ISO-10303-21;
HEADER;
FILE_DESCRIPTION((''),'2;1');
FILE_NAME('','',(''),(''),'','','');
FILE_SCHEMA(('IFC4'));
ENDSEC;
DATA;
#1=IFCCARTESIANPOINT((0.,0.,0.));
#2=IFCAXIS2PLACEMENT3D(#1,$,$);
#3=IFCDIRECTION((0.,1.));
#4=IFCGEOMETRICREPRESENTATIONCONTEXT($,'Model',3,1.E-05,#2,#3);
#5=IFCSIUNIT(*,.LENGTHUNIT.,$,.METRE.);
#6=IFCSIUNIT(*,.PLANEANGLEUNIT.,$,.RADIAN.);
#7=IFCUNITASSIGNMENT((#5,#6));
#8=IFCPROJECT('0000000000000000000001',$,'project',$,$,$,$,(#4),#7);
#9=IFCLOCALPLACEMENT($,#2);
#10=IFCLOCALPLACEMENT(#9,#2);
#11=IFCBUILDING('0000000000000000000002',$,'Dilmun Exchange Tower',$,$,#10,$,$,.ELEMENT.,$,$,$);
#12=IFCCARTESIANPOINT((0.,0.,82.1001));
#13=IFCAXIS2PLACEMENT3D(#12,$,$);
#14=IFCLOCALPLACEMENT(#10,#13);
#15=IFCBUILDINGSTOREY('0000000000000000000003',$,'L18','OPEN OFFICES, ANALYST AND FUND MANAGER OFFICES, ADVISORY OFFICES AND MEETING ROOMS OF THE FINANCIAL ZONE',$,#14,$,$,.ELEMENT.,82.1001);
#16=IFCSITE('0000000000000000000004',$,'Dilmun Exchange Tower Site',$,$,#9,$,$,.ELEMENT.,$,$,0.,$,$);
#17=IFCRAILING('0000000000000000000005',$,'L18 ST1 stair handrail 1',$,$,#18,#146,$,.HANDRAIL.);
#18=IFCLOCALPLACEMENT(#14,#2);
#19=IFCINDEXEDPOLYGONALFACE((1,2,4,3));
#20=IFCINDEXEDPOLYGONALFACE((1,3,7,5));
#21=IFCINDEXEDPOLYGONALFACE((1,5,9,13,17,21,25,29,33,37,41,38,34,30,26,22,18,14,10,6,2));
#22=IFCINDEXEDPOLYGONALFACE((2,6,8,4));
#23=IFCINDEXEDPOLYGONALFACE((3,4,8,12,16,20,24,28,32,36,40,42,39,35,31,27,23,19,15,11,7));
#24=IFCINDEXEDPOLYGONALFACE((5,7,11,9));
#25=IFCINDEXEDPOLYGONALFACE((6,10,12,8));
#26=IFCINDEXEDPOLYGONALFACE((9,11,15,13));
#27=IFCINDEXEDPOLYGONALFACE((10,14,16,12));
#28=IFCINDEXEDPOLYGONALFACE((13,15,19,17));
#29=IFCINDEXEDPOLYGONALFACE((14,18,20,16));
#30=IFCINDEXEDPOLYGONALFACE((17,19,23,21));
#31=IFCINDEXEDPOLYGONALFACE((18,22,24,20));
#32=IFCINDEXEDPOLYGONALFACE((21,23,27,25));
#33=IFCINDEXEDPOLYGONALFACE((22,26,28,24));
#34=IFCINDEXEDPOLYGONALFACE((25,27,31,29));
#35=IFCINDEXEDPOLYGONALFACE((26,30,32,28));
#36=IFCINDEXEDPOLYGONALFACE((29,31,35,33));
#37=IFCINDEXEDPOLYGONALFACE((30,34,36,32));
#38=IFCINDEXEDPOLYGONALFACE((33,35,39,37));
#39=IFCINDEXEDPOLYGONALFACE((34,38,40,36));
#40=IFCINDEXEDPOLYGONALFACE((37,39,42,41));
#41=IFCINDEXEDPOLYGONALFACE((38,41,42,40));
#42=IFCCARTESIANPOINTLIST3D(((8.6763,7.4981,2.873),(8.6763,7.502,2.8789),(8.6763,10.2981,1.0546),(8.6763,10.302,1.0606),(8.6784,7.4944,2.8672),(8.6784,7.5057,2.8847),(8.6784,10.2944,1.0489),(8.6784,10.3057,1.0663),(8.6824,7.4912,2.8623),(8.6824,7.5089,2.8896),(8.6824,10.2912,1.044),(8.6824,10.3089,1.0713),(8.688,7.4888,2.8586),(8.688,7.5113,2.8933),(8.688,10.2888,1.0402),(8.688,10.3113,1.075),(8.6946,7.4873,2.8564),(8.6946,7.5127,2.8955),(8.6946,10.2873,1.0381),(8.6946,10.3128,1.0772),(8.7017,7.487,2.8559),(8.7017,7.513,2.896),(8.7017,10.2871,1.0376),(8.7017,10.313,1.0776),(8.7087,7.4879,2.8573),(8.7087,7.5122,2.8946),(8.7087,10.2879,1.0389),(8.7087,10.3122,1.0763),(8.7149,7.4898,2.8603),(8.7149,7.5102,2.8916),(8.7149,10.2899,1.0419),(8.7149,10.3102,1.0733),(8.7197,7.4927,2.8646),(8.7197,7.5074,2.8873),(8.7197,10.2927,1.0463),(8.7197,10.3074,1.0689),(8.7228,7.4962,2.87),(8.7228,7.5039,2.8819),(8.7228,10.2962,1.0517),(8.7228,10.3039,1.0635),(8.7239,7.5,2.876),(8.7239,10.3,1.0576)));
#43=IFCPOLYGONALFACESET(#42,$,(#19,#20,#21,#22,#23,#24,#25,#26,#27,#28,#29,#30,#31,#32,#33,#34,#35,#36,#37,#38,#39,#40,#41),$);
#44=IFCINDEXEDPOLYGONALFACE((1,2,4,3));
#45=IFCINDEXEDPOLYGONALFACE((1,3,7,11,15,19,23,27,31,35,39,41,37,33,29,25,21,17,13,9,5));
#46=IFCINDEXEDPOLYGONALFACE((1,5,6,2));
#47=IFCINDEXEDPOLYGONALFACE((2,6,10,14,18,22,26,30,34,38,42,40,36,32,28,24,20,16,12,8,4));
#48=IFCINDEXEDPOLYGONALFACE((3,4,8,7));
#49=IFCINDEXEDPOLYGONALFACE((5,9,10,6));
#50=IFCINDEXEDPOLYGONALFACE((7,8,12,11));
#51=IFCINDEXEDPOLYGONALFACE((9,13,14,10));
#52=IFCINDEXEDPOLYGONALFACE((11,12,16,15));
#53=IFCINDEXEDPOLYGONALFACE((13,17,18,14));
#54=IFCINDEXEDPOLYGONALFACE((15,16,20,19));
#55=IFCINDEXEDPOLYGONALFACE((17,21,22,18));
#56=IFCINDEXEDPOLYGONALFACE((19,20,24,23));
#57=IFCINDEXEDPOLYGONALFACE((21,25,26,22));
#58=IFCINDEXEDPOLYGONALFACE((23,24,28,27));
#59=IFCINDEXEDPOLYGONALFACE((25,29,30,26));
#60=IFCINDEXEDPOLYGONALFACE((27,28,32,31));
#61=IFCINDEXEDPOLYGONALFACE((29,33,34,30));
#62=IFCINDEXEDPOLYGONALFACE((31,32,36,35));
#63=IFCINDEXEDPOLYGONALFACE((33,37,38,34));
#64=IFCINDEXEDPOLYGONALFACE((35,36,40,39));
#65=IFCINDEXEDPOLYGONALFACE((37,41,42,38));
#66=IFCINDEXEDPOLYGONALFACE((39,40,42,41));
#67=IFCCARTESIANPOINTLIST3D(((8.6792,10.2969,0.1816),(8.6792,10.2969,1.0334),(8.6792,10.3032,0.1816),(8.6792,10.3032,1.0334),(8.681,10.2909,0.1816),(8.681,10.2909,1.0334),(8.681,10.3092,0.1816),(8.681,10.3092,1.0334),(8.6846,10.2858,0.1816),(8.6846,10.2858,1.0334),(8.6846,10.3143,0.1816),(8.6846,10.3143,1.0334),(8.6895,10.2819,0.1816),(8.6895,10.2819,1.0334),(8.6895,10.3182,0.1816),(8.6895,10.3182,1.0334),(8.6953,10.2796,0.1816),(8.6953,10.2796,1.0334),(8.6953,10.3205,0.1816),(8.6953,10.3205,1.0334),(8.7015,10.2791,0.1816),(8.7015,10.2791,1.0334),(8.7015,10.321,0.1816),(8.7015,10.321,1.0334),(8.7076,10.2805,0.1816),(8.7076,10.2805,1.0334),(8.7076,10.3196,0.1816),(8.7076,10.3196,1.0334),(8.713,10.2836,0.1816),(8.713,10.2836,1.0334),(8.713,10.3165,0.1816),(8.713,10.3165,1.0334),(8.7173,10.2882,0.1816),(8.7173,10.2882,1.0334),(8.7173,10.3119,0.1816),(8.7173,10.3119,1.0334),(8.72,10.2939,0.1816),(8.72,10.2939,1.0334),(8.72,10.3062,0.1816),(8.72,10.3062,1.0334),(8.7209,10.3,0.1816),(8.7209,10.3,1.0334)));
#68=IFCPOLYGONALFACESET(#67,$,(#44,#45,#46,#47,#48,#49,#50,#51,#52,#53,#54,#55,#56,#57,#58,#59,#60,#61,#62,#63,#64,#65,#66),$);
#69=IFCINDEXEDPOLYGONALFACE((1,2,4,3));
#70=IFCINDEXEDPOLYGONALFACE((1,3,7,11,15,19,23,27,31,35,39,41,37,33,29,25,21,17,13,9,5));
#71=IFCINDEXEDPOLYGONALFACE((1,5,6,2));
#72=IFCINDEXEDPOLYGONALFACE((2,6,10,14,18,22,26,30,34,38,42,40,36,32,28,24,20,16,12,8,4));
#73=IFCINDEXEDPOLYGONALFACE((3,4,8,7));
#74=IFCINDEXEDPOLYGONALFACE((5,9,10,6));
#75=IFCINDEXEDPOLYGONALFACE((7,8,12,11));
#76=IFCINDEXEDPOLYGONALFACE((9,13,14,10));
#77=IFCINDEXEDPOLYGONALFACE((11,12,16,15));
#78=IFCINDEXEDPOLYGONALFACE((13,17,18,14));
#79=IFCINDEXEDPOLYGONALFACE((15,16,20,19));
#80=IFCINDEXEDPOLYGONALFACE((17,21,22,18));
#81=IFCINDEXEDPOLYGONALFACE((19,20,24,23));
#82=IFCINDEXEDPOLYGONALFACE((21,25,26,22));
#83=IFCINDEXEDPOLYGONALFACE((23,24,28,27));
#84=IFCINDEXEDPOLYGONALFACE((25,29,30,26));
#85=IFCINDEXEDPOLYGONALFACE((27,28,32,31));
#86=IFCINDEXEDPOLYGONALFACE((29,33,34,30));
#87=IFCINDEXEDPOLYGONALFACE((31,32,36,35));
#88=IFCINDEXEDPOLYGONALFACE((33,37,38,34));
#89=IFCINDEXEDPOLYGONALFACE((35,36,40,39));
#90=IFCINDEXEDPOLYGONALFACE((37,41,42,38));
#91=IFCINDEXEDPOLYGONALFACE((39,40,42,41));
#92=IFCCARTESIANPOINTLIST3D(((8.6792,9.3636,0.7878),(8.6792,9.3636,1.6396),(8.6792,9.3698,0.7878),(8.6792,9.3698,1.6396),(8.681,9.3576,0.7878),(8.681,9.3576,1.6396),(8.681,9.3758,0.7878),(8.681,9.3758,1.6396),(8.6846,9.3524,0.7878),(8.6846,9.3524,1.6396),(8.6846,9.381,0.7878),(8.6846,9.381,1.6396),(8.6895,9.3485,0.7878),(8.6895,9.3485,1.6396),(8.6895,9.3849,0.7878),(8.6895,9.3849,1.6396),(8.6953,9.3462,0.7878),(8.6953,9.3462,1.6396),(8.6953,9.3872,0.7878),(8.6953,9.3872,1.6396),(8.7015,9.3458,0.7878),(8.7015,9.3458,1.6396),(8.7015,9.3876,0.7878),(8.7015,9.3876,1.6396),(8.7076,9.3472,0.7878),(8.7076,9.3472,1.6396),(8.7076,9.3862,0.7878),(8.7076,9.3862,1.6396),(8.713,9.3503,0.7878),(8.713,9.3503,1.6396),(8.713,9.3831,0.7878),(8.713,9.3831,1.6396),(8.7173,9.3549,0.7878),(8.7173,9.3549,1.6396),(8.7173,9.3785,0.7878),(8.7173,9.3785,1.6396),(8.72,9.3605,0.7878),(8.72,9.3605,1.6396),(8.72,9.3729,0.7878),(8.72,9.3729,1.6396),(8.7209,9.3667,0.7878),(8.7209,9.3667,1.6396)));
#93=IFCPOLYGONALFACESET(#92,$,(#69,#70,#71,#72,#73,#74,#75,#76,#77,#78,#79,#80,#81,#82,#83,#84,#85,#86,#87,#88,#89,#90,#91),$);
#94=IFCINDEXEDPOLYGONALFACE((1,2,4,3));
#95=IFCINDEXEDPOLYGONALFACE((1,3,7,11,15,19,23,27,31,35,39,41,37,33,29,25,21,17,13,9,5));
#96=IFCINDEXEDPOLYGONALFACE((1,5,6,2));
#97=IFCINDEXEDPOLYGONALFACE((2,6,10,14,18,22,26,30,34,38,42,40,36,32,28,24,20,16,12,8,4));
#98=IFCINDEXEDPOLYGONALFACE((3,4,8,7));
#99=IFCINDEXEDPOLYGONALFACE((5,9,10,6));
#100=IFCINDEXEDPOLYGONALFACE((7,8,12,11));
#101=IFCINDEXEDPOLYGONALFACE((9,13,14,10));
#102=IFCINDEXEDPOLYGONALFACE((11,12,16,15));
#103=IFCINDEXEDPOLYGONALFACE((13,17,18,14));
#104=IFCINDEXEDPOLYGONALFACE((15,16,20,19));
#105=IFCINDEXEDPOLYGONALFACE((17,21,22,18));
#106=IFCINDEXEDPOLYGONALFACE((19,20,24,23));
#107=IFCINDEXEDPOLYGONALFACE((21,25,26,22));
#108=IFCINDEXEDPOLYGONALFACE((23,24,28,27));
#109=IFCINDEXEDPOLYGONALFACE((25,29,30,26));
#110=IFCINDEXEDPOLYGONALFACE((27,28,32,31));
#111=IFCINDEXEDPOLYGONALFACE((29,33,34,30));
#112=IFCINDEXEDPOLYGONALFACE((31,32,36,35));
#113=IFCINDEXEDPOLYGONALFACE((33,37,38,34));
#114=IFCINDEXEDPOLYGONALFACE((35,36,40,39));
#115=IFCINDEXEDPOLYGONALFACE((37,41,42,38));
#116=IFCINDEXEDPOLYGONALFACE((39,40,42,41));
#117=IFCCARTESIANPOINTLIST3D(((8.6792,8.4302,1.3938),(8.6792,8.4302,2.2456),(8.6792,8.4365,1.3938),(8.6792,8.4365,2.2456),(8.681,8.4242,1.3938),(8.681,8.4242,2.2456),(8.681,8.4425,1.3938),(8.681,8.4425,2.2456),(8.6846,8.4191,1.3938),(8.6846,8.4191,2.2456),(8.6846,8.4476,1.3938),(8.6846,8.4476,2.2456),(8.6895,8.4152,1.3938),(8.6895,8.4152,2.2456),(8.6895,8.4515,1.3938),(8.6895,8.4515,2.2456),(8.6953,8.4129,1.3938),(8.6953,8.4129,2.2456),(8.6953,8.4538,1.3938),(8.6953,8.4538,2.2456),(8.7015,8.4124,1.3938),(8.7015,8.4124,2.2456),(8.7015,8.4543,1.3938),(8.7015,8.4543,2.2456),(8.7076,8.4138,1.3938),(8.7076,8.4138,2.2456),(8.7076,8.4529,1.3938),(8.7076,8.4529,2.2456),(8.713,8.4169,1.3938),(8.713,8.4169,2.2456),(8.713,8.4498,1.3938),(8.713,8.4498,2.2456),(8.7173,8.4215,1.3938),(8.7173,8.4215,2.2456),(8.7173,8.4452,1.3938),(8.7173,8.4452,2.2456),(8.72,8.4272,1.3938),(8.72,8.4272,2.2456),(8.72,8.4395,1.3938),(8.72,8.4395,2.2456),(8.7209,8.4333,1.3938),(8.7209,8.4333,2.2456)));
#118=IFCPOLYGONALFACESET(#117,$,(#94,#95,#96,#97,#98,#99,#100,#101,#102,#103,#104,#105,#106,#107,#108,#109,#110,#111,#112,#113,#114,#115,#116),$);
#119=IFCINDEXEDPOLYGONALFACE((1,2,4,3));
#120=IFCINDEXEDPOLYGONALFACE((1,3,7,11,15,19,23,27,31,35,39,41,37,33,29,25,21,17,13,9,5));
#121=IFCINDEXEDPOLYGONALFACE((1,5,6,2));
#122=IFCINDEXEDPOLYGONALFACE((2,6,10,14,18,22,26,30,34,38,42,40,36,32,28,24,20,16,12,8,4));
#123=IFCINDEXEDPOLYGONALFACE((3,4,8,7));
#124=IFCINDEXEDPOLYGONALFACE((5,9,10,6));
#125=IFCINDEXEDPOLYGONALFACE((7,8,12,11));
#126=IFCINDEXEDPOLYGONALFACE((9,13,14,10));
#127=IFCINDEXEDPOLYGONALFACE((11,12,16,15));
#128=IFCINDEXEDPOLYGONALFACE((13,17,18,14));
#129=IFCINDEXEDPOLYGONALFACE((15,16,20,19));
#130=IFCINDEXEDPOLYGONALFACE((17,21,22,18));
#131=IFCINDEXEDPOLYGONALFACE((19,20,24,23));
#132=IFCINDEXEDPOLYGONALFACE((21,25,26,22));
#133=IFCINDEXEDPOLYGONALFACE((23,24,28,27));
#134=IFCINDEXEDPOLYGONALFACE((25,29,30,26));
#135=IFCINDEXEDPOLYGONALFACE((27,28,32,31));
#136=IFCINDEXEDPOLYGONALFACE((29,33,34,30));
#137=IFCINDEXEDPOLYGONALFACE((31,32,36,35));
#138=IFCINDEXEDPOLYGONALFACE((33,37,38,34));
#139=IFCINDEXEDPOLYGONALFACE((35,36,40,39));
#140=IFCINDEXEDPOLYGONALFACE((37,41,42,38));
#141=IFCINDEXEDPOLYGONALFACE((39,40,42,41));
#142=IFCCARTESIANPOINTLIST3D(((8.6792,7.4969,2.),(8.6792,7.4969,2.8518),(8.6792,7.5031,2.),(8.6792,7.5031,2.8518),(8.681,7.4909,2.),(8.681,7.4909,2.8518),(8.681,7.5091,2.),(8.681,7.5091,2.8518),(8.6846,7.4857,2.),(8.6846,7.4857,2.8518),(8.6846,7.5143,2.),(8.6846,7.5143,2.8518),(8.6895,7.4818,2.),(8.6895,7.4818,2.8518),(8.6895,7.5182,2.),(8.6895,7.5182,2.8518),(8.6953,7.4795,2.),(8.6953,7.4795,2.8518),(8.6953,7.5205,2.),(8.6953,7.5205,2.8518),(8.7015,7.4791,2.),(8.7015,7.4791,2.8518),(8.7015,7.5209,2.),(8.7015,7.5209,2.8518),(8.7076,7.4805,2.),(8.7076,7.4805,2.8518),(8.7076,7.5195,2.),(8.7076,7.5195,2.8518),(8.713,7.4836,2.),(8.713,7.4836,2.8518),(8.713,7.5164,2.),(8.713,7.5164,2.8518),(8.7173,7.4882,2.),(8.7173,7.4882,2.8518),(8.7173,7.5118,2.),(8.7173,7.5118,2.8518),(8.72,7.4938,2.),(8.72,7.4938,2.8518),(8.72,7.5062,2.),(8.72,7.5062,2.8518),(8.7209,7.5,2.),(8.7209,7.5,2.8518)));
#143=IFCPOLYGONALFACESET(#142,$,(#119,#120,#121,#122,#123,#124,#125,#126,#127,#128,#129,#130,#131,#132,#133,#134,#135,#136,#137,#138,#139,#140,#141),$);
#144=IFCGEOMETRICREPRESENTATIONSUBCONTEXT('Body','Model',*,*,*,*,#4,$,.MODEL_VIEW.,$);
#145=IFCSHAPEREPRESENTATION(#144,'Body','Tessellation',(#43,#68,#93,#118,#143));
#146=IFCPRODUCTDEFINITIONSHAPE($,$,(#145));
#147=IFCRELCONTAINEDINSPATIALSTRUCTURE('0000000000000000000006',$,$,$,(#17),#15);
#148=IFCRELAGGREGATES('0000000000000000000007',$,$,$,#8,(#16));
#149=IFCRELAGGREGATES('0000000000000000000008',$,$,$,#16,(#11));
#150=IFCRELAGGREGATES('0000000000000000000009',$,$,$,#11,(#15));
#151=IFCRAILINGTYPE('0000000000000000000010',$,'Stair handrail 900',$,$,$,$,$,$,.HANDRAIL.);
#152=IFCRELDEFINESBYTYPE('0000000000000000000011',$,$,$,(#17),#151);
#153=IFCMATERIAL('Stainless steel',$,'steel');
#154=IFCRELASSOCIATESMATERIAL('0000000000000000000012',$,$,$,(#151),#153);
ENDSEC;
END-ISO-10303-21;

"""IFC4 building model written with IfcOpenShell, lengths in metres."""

from ifc_helpers import new_model, si_unit, direction, frame, origin, origin_2d, place, context, subcontext, project, spatial, circle, extrude, material, type_object, element, save


model = new_model("IFC4")

# Units and contexts
model_context = context("Model", 3, precision=1e-05, world=origin(), true_north=direction((0.0, 1.0)))
body_context = subcontext(model_context, "Body", "Model", "MODEL_VIEW")
ifc_project = project(units=[si_unit("LENGTHUNIT", "METRE"), si_unit("PLANEANGLEUNIT", "RADIAN")], contexts=[model_context])

# Site, building, storey
site_placement = place(None, origin())
site = spatial("IfcSite", under=ifc_project, at=site_placement, Name="Dilmun Exchange Tower Site", CompositionType="ELEMENT", RefElevation=0.0)
building_placement = place(site_placement, origin())
building = spatial("IfcBuilding", under=site, at=building_placement, Name="Dilmun Exchange Tower", CompositionType="ELEMENT")
storey_placement = place(building_placement, frame((0.0, 0.0, 82.1001)))
storey = spatial("IfcBuildingStorey", under=building, at=storey_placement, Name="L18", Description="OPEN OFFICES, ANALYST AND FUND MANAGER OFFICES, ADVISORY OFFICES AND MEETING ROOMS OF THE FINANCIAL ZONE", CompositionType="ELEMENT", Elevation=82.1001)

# Railing
ifc_material_1 = material(Name="Stainless steel", Category="steel")
railing_type = type_object("IfcRailingType", Name="Stair handrail 900", PredefinedType="HANDRAIL", material=ifc_material_1)
railing_placement = place(storey_placement, frame((8.7, 10.3, 0.1816)))
element("IfcRailing", 1, at=railing_placement, inside=storey, type_object=railing_type, Name="L18 ST1 stair handrail 1", PredefinedType="HANDRAIL", context=body_context, shape_type="SweptSolid", body=[
    extrude(circle(Radius=0.0239, at=origin_2d()), frame((0.0, 0.0, 0.876), z_axis=(0.0, -0.838672, 0.544636), x_axis=(1.0, 0.0, 0.0)), (0.0, 0.0, 1.0), 3.3386),
    extrude(circle(Radius=0.021, at=origin_2d()), origin(), (0.0, 0.0, 1.0), 0.8518),
    extrude(circle(Radius=0.021, at=origin_2d()), frame((0.0, -0.9333, 0.6062)), (0.0, 0.0, 1.0), 0.8518),
    extrude(circle(Radius=0.021, at=origin_2d()), frame((0.0, -1.8667, 1.2122)), (0.0, 0.0, 1.0), 0.8518),
    extrude(circle(Radius=0.021, at=origin_2d()), frame((0.0, -2.8, 1.8184)), (0.0, 0.0, 1.0), 0.8518),
])

save(model, "model.ifc")
